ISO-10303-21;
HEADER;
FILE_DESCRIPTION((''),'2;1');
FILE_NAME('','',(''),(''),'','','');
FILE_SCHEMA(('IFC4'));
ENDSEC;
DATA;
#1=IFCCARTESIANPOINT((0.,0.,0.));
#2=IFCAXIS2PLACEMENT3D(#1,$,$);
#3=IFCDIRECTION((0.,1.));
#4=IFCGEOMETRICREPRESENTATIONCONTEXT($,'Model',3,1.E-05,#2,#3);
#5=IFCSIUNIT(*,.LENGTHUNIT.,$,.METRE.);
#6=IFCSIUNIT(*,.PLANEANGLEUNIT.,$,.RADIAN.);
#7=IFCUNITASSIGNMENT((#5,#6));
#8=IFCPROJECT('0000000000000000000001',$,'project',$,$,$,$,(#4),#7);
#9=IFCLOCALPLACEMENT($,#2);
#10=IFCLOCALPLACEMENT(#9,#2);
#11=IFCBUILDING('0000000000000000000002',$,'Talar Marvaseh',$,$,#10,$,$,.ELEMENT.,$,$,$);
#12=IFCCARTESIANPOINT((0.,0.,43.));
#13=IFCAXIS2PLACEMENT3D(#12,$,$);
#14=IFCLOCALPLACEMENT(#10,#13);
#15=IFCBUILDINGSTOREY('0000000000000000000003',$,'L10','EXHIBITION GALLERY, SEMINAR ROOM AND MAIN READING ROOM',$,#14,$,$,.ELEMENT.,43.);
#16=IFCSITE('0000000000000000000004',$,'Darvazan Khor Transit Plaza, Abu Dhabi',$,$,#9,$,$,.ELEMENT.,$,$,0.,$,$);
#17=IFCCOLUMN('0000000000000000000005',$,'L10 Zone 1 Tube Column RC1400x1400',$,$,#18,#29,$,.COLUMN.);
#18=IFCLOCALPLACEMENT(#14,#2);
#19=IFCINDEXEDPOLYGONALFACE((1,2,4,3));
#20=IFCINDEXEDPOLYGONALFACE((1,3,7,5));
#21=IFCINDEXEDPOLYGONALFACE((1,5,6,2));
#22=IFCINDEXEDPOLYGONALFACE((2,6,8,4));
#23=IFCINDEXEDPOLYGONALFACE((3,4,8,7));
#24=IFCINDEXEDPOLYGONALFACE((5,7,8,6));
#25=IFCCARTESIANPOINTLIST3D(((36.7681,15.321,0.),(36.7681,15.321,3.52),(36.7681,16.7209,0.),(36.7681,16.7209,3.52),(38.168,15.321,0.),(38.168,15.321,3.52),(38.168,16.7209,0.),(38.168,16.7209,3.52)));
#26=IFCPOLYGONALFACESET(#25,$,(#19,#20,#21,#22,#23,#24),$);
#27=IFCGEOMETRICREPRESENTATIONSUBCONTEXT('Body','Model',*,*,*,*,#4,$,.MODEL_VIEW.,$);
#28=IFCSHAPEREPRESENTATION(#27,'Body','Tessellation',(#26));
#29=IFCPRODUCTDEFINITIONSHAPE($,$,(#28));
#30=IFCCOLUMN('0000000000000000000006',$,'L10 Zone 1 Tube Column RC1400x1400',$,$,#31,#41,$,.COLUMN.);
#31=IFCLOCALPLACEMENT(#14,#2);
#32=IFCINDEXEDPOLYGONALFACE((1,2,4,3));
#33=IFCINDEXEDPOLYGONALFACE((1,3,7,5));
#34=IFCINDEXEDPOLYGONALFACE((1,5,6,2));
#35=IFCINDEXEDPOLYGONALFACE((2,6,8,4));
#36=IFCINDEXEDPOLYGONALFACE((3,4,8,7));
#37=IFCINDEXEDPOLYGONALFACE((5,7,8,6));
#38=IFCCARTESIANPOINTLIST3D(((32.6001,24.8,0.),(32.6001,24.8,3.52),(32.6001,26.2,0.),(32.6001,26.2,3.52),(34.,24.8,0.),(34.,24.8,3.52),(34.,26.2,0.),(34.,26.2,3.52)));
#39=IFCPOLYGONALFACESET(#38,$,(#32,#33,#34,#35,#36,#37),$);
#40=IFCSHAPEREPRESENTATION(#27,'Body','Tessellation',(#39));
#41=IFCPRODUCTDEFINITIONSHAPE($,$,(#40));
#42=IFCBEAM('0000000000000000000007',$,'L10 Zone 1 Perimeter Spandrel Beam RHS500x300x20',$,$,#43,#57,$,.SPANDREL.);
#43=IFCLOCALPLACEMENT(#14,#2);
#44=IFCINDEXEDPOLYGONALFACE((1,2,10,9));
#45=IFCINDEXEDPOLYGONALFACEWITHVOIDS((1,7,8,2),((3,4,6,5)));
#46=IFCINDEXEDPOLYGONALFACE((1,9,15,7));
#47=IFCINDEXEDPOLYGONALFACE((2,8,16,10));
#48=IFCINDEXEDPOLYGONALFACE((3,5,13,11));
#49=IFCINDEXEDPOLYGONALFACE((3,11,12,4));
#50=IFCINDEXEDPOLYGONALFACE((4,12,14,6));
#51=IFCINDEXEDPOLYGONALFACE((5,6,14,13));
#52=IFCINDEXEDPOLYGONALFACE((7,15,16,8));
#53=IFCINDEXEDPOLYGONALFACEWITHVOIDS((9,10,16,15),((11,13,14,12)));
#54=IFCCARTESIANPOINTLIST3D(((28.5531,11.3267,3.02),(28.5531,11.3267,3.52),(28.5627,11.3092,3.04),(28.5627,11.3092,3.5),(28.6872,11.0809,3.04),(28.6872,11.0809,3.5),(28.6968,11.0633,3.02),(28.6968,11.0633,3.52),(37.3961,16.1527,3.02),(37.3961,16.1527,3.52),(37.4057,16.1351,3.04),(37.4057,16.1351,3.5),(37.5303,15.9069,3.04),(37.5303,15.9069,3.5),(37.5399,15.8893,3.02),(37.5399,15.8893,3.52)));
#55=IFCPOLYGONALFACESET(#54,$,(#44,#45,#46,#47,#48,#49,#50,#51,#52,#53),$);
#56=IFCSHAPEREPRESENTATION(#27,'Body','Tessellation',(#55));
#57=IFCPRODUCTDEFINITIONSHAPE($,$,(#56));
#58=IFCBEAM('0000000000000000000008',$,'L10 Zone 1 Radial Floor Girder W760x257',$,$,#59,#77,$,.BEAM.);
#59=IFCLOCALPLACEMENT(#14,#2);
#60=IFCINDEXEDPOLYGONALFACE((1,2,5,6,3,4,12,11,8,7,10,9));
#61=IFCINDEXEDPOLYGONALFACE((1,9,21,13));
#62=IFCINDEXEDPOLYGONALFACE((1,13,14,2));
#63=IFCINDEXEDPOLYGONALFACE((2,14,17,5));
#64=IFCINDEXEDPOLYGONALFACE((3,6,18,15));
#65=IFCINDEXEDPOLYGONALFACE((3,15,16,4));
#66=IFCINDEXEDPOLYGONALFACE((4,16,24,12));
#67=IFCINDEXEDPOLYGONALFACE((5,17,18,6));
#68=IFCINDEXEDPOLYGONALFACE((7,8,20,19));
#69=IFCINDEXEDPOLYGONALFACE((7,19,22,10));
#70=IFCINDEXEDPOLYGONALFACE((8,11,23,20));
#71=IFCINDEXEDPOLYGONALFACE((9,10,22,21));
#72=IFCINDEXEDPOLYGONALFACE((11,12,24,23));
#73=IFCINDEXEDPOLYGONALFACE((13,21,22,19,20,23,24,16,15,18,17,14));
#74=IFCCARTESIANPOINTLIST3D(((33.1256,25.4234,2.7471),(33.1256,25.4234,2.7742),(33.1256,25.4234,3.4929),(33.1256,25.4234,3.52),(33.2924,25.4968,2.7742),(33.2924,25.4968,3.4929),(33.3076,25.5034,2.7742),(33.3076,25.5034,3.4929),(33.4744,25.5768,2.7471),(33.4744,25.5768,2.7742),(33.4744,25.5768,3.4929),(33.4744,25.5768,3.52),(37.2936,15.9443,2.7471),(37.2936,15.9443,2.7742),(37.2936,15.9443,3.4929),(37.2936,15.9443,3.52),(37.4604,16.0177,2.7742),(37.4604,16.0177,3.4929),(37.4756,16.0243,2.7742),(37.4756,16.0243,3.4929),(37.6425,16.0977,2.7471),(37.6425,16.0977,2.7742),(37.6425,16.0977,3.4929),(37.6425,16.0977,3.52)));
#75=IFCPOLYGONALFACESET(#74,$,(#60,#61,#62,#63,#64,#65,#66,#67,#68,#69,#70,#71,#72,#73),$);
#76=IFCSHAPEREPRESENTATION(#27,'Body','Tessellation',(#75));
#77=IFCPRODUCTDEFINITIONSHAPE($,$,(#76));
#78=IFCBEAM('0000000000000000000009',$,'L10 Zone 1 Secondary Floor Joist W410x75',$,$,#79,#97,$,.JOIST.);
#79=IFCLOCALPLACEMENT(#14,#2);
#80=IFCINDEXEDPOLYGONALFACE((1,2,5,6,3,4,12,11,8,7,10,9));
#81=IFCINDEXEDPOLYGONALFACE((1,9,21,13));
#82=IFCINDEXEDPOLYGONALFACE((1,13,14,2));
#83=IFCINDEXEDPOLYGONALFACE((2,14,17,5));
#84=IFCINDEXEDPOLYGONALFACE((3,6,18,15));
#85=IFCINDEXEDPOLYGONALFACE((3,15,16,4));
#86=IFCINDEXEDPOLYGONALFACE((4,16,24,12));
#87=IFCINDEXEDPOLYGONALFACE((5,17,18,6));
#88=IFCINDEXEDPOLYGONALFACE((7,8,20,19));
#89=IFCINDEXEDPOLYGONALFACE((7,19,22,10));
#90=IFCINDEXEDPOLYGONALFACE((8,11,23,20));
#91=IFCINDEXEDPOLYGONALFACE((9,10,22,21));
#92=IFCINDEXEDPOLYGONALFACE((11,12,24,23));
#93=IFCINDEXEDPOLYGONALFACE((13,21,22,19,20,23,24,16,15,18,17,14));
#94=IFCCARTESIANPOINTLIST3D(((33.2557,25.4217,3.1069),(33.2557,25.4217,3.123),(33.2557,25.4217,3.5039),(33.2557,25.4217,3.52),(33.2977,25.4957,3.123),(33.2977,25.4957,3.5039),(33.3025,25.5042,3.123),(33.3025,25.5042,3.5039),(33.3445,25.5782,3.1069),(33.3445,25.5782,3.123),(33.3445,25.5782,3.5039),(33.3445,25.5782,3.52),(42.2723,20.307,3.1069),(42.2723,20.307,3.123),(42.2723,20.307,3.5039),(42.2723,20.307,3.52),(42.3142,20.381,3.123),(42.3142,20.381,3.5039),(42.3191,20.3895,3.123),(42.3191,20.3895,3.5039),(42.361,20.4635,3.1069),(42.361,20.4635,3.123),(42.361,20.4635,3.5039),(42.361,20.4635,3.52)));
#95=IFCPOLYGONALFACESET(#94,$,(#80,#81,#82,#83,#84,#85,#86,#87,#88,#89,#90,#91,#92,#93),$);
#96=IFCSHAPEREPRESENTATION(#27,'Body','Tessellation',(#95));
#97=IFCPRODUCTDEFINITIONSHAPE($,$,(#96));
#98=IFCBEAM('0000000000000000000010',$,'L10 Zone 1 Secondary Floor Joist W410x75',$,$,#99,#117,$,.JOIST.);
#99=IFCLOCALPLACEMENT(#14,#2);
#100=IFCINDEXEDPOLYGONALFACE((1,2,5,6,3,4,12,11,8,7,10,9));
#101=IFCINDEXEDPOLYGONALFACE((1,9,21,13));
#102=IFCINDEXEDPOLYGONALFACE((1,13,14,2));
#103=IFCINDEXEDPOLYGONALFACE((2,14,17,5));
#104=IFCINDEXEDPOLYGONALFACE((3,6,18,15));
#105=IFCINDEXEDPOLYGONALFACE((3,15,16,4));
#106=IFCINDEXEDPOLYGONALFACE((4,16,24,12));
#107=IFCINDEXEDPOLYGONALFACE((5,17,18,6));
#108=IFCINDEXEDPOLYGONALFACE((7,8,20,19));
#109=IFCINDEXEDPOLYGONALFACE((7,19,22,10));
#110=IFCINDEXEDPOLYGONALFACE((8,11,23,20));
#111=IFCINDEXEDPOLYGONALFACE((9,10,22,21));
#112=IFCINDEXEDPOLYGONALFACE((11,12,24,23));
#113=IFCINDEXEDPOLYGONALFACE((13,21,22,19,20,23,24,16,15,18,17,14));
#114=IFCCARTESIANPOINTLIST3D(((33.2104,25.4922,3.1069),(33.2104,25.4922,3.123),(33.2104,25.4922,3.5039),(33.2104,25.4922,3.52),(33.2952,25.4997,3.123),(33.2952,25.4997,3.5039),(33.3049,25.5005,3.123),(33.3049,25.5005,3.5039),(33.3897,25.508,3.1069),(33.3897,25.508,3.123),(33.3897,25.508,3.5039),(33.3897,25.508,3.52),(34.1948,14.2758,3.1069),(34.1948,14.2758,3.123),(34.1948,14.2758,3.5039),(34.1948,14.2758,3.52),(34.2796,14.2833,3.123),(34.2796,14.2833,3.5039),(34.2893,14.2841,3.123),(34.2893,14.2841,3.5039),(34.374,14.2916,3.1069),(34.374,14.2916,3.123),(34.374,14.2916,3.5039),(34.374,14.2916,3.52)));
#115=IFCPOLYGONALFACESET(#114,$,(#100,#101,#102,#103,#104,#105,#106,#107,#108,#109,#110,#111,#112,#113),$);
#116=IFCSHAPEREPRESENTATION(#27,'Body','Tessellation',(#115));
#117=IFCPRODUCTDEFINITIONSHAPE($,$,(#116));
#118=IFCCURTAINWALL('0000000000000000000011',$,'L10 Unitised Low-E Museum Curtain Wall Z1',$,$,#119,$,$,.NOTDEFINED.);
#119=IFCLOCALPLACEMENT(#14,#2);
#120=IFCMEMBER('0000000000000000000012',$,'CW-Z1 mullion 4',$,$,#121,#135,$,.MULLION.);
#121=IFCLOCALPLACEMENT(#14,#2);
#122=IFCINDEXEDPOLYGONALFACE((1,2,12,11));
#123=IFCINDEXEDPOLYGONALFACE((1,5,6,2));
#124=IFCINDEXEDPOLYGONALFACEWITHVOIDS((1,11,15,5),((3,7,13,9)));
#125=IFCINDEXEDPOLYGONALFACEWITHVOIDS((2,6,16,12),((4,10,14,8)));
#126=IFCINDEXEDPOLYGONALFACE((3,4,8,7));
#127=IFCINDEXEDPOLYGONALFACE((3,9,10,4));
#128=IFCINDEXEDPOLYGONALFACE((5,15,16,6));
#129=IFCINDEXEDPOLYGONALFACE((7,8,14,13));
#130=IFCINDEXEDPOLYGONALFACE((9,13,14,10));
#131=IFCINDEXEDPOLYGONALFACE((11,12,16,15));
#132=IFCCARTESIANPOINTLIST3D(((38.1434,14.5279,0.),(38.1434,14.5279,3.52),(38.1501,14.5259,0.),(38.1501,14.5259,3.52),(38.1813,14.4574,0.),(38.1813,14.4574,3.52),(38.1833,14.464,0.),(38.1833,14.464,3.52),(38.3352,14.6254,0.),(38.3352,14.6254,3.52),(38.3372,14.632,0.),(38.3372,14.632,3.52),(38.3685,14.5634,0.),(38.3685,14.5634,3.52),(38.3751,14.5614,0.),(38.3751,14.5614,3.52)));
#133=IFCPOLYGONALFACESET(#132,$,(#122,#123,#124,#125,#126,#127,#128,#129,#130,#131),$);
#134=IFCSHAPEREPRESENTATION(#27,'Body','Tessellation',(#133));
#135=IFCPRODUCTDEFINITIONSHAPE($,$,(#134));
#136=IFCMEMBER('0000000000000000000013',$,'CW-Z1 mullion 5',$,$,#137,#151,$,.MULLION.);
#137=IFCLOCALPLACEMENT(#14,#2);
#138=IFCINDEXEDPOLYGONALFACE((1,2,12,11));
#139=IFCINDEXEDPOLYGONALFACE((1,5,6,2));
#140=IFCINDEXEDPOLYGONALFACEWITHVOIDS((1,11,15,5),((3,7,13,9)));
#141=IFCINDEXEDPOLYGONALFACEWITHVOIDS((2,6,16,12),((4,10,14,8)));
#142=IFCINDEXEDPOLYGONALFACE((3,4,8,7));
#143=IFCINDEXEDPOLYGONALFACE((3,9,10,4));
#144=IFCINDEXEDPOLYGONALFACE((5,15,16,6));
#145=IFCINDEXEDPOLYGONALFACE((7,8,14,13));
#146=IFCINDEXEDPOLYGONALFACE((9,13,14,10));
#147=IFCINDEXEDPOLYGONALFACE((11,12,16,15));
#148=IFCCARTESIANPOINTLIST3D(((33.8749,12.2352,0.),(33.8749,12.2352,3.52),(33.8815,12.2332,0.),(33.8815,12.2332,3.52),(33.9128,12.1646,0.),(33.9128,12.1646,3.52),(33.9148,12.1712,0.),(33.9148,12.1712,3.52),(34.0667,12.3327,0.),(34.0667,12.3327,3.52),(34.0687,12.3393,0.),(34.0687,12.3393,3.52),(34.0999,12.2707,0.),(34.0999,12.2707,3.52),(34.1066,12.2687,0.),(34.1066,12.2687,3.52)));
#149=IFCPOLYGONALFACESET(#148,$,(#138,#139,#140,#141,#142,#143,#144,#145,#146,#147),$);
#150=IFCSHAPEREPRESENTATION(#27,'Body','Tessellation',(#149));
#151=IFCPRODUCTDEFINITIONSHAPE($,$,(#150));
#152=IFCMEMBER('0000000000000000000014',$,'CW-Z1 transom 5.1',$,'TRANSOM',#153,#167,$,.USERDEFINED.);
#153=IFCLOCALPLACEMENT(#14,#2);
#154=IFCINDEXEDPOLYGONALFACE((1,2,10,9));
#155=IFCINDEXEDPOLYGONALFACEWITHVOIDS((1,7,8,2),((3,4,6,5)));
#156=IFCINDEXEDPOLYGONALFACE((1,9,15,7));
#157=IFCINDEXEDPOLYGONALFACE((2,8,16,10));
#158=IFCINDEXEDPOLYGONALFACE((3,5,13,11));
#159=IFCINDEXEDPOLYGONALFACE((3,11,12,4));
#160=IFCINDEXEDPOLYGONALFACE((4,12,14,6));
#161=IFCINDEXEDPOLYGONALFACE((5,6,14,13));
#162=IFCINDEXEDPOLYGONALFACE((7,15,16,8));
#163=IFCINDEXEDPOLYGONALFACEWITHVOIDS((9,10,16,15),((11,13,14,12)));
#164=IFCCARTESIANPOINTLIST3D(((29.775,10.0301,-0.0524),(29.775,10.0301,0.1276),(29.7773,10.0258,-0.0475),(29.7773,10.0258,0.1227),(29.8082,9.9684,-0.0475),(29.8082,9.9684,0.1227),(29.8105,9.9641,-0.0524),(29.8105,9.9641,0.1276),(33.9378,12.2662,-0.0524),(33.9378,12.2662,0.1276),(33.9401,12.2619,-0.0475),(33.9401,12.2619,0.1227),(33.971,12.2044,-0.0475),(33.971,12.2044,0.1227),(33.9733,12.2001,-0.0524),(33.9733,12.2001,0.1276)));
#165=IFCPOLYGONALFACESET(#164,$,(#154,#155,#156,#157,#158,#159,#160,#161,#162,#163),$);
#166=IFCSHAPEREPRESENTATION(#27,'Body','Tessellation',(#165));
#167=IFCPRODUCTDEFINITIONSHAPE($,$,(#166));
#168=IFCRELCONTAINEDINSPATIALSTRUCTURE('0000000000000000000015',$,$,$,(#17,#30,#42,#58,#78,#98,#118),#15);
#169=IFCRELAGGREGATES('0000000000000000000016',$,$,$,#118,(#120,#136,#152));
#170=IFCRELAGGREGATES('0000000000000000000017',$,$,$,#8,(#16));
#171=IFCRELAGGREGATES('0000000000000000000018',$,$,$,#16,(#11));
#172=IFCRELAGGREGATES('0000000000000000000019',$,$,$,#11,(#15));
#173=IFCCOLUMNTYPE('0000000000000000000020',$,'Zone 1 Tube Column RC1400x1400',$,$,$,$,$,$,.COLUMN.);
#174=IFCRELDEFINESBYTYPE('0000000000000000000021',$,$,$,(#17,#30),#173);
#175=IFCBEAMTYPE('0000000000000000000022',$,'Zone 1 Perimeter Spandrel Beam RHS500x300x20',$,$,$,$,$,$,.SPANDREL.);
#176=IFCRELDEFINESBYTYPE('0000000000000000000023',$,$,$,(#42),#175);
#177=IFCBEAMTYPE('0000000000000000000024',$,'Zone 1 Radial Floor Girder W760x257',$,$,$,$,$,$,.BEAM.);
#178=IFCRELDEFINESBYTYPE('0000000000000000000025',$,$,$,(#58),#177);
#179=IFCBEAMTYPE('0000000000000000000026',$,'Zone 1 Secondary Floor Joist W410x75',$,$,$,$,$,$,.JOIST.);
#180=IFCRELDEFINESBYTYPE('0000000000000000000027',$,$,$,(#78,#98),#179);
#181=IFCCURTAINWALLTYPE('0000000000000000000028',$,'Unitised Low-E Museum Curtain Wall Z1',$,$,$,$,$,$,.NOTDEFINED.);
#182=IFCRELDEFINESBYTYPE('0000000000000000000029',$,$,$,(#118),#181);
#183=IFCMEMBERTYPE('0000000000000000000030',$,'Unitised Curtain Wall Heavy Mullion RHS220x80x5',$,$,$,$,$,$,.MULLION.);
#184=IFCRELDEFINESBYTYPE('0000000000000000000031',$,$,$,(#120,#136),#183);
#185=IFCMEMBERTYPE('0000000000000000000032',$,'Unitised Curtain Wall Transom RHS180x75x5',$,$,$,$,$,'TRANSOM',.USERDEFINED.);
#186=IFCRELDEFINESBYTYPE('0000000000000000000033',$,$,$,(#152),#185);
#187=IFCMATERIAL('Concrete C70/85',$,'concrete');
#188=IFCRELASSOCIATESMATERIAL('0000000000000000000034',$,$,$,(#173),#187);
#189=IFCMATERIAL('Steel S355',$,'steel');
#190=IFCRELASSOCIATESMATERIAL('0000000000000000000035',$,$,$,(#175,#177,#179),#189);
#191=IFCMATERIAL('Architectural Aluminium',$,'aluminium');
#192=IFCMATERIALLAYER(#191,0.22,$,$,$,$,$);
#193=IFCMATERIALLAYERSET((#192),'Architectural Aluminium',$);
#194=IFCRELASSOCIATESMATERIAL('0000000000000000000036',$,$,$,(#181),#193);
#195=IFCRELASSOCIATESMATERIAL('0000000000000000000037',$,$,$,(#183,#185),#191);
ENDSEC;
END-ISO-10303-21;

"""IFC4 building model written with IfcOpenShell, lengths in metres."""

from ifc_helpers import new_model, si_unit, direction, frame, origin, origin_2d, place, context, subcontext, project, spatial, rectangle, hollow_rectangle, i_section, extrude, source, transform, mapped, material, layer, layer_set, material_profile, profile_set, type_object, type_shapes, element, aggregate, save


model = new_model("IFC4")

# Units and contexts
model_context = context("Model", 3, precision=1e-05, world=origin(), true_north=direction((0.0, 1.0)))
body_context = subcontext(model_context, "Body", "Model", "MODEL_VIEW")
ifc_project = project(units=[si_unit("LENGTHUNIT", "METRE"), si_unit("PLANEANGLEUNIT", "RADIAN")], contexts=[model_context])

# Site, building, storey
site_placement = place(None, origin())
site = spatial("IfcSite", under=ifc_project, at=site_placement, Name="Darvazan Khor Transit Plaza, Abu Dhabi", CompositionType="ELEMENT", RefElevation=0.0)
building_placement = place(site_placement, origin())
building = spatial("IfcBuilding", under=site, at=building_placement, Name="Talar Marvaseh", CompositionType="ELEMENT")
storey_placement = place(building_placement, frame((0.0, 0.0, 43.0)))
storey = spatial("IfcBuildingStorey", under=building, at=storey_placement, Name="L10", Description="EXHIBITION GALLERY, SEMINAR ROOM AND MAIN READING ROOM", CompositionType="ELEMENT", Elevation=43.0)

# Columns
ifc_material_1 = material(Name="Concrete C70/85", Category="concrete")
ifc_material_profile_1 = material_profile(ifc_material_1, rectangle(XDim=1.3999, YDim=1.3999, at=origin_2d()), Name="RC1400x1400")
ifc_profile_set_1 = profile_set([ifc_material_profile_1], Name="Concrete C70/85")
column_type = type_object("IfcColumnType", Name="Zone 1 Tube Column RC1400x1400", PredefinedType="COLUMN", material=ifc_profile_set_1)
for number, where, z_axis, x_axis, name in (
    (1, (37.468, 16.021, 0.0), (0.0, 0.0, 1.0), (1.0, 0.0, 0.0), "L10 Zone 1 Tube Column RC1400x1400"),
    (2, (33.3, 25.5, 0.0), (0.0, 0.0, 1.0), (1.0, 0.0, 0.0), "L10 Zone 1 Tube Column RC1400x1400"),
):
    element("IfcColumn", number, at=place(storey_placement, frame(where, z_axis=z_axis, x_axis=x_axis)), inside=storey, type_object=column_type, Name=name, PredefinedType="COLUMN", context=body_context, shape_type="SweptSolid", body=[
        extrude(rectangle(XDim=1.3999, YDim=1.3999, at=origin_2d()), origin(), (0.0, 0.0, 1.0), 3.52),
    ])

# Beams
ifc_material_2 = material(Name="Steel S355", Category="steel")
ifc_material_profile_2 = material_profile(ifc_material_2, hollow_rectangle(XDim=0.3, YDim=0.5, WallThickness=0.02, at=origin_2d()), Name="RHS500x300x20")
ifc_profile_set_2 = profile_set([ifc_material_profile_2], Name="Steel S355")
beam_type_1 = type_object("IfcBeamType", Name="Zone 1 Perimeter Spandrel Beam RHS500x300x20", PredefinedType="SPANDREL", material=ifc_profile_set_2)
beam_1_placement = place(storey_placement, frame((37.468, 16.021, 3.27), z_axis=(-0.877793, -0.479041, 0.0), x_axis=(0.479041, -0.877793, 0.0)))
element("IfcBeam", 3, at=beam_1_placement, inside=storey, type_object=beam_type_1, Name="L10 Zone 1 Perimeter Spandrel Beam RHS500x300x20", PredefinedType="SPANDREL", context=body_context, shape_type="SweptSolid", body=[
    extrude(hollow_rectangle(XDim=0.3, YDim=0.5, WallThickness=0.02, at=origin_2d()), origin(), (0.0, 0.0, 1.0), 10.0742),
])
ifc_material_profile_3 = material_profile(ifc_material_2, i_section(OverallWidth=0.3811, OverallDepth=0.7729, WebThickness=0.0166, FlangeThickness=0.0271, at=origin_2d()), Name="W760x257")
ifc_profile_set_3 = profile_set([ifc_material_profile_3], Name="Steel S355")
beam_type_2 = type_object("IfcBeamType", Name="Zone 1 Radial Floor Girder W760x257", PredefinedType="BEAM", material=ifc_profile_set_3)
beam_2_placement = place(storey_placement, frame((37.468, 16.021, 3.1335), z_axis=(-0.402513, 0.915414, 0.0), x_axis=(-0.915414, -0.402513, 0.0)))
element("IfcBeam", 4, at=beam_2_placement, inside=storey, type_object=beam_type_2, Name="L10 Zone 1 Radial Floor Girder W760x257", PredefinedType="BEAM", context=body_context, shape_type="SweptSolid", body=[
    extrude(i_section(OverallWidth=0.3811, OverallDepth=0.7729, WebThickness=0.0166, FlangeThickness=0.0271, at=origin_2d()), origin(), (0.0, 0.0, 1.0), 10.355),
])
ifc_material_profile_4 = material_profile(ifc_material_2, i_section(OverallWidth=0.1799, OverallDepth=0.4131, WebThickness=0.0098, FlangeThickness=0.0161, at=origin_2d()), Name="W410x75")
ifc_profile_set_4 = profile_set([ifc_material_profile_4], Name="Steel S355")
beam_type_3 = type_object("IfcBeamType", Name="Zone 1 Secondary Floor Joist W410x75", PredefinedType="JOIST", material=ifc_profile_set_4)
beam_3_placement = place(storey_placement, frame((42.3167, 20.3853, 3.3135), z_axis=(-0.869801, 0.493402, 0.0), x_axis=(-0.493402, -0.869801, 0.0)))
element("IfcBeam", 5, at=beam_3_placement, inside=storey, type_object=beam_type_3, Name="L10 Zone 1 Secondary Floor Joist W410x75", PredefinedType="JOIST", context=body_context, shape_type="SweptSolid", body=[
    extrude(i_section(OverallWidth=0.1799, OverallDepth=0.4131, WebThickness=0.0098, FlangeThickness=0.0161, at=origin_2d()), origin(), (0.0, 0.0, 1.0), 10.3662),
])
beam_4_placement = place(storey_placement, frame((34.2844, 14.2837, 3.3135), z_axis=(-0.087427, 0.996171, 0.0), x_axis=(-0.996171, -0.087427, 0.0)))
element("IfcBeam", 6, at=beam_4_placement, inside=storey, type_object=beam_type_3, Name="L10 Zone 1 Secondary Floor Joist W410x75", PredefinedType="JOIST", context=body_context, shape_type="SweptSolid", body=[
    extrude(i_section(OverallWidth=0.1799, OverallDepth=0.4131, WebThickness=0.0098, FlangeThickness=0.0161, at=origin_2d()), origin(), (0.0, 0.0, 1.0), 11.2595),
])

# Curtain wall, members
ifc_material_3 = material(Name="Architectural Aluminium", Category="aluminium")
ifc_layer_1 = layer(ifc_material_3, 0.22)
ifc_layer_set_1 = layer_set([ifc_layer_1], Name="Architectural Aluminium")
curtain_wall_type = type_object("IfcCurtainWallType", Name="Unitised Low-E Museum Curtain Wall Z1", PredefinedType="NOTDEFINED", material=ifc_layer_set_1)
curtain_wall_placement = place(storey_placement, origin())
curtain_wall = element("IfcCurtainWall", 7, at=curtain_wall_placement, inside=storey, type_object=curtain_wall_type, Name="L10 Unitised Low-E Museum Curtain Wall Z1", PredefinedType="NOTDEFINED")
ifc_material_profile_5 = material_profile(ifc_material_3, hollow_rectangle(XDim=0.0801, YDim=0.22, WallThickness=0.0049, at=origin_2d()), Name="RHS220x80x5")
ifc_profile_set_5 = profile_set([ifc_material_profile_5], Name="Architectural Aluminium")
member_type_1 = type_object("IfcMemberType", Name="Unitised Curtain Wall Heavy Mullion RHS220x80x5", PredefinedType="MULLION", material=ifc_profile_set_5)
shared_shape_1 = source(origin(), body_context, "Body", "SweptSolid", [
    extrude(hollow_rectangle(XDim=0.0801, YDim=0.22, WallThickness=0.0049, at=origin_2d()), origin(), (0.0, 0.0, 1.0), 3.52),
])
type_shapes(member_type_1, [shared_shape_1])
member_1_placement = place(storey_placement, frame((38.2593, 14.5447, 0.0), z_axis=(0.0, 0.0, 1.0), x_axis=(0.473185, -0.880963, 0.0)))
member_1 = element("IfcMember", 8, at=member_1_placement, type_object=member_type_1, Name="CW-Z1 mullion 4", PredefinedType="MULLION", context=body_context, shape_type="MappedRepresentation", body=[
    mapped(shared_shape_1, transform((0.0, 0.0, 0.0), x_axis=(1.0, 0.0, 0.0), y_axis=(0.0, 1.0, 0.0), z_axis=(0.0, 0.0, 1.0), scale=1.0)),
])
member_2_placement = place(storey_placement, frame((33.9907, 12.252, 0.0), z_axis=(0.0, 0.0, 1.0), x_axis=(0.473185, -0.880963, 0.0)))
member_2 = element("IfcMember", 9, at=member_2_placement, type_object=member_type_1, Name="CW-Z1 mullion 5", PredefinedType="MULLION", context=body_context, shape_type="MappedRepresentation", body=[
    mapped(shared_shape_1, transform((0.0, 0.0, 0.0), x_axis=(1.0, 0.0, 0.0), y_axis=(0.0, 1.0, 0.0), z_axis=(0.0, 0.0, 1.0), scale=1.0)),
])
ifc_material_profile_6 = material_profile(ifc_material_3, hollow_rectangle(XDim=0.075, YDim=0.1799, WallThickness=0.0049, at=origin_2d()), Name="RHS180x75x5")
ifc_profile_set_6 = profile_set([ifc_material_profile_6], Name="Architectural Aluminium")
member_type_2 = type_object("IfcMemberType", Name="Unitised Curtain Wall Transom RHS180x75x5", ElementType="TRANSOM", PredefinedType="USERDEFINED", material=ifc_profile_set_6)
shared_shape_2 = source(origin(), body_context, "Body", "SweptSolid", [
    extrude(hollow_rectangle(XDim=0.075, YDim=0.1799, WallThickness=0.0049, at=origin_2d()), origin(), (0.0, 0.0, 1.0), 4.7253),
])
member_3_placement = place(storey_placement, frame((33.9556, 12.2332, 0.0376), z_axis=(-0.880952, -0.473206, 0.0), x_axis=(0.473206, -0.880952, 0.0)))
member_3 = element("IfcMember", 10, at=member_3_placement, type_object=member_type_2, Name="CW-Z1 transom 5.1", ObjectType="TRANSOM", PredefinedType="USERDEFINED", context=body_context, shape_type="MappedRepresentation", body=[
    mapped(shared_shape_2, transform((0.0, 0.0, 0.0), x_axis=(1.0, 0.0, 0.0), y_axis=(0.0, 1.0, 0.0), z_axis=(0.0, 0.0, 1.0), scale=1.0)),
])
aggregate(curtain_wall, [member_1, member_2, member_3])

save(model, "model.ifc")
